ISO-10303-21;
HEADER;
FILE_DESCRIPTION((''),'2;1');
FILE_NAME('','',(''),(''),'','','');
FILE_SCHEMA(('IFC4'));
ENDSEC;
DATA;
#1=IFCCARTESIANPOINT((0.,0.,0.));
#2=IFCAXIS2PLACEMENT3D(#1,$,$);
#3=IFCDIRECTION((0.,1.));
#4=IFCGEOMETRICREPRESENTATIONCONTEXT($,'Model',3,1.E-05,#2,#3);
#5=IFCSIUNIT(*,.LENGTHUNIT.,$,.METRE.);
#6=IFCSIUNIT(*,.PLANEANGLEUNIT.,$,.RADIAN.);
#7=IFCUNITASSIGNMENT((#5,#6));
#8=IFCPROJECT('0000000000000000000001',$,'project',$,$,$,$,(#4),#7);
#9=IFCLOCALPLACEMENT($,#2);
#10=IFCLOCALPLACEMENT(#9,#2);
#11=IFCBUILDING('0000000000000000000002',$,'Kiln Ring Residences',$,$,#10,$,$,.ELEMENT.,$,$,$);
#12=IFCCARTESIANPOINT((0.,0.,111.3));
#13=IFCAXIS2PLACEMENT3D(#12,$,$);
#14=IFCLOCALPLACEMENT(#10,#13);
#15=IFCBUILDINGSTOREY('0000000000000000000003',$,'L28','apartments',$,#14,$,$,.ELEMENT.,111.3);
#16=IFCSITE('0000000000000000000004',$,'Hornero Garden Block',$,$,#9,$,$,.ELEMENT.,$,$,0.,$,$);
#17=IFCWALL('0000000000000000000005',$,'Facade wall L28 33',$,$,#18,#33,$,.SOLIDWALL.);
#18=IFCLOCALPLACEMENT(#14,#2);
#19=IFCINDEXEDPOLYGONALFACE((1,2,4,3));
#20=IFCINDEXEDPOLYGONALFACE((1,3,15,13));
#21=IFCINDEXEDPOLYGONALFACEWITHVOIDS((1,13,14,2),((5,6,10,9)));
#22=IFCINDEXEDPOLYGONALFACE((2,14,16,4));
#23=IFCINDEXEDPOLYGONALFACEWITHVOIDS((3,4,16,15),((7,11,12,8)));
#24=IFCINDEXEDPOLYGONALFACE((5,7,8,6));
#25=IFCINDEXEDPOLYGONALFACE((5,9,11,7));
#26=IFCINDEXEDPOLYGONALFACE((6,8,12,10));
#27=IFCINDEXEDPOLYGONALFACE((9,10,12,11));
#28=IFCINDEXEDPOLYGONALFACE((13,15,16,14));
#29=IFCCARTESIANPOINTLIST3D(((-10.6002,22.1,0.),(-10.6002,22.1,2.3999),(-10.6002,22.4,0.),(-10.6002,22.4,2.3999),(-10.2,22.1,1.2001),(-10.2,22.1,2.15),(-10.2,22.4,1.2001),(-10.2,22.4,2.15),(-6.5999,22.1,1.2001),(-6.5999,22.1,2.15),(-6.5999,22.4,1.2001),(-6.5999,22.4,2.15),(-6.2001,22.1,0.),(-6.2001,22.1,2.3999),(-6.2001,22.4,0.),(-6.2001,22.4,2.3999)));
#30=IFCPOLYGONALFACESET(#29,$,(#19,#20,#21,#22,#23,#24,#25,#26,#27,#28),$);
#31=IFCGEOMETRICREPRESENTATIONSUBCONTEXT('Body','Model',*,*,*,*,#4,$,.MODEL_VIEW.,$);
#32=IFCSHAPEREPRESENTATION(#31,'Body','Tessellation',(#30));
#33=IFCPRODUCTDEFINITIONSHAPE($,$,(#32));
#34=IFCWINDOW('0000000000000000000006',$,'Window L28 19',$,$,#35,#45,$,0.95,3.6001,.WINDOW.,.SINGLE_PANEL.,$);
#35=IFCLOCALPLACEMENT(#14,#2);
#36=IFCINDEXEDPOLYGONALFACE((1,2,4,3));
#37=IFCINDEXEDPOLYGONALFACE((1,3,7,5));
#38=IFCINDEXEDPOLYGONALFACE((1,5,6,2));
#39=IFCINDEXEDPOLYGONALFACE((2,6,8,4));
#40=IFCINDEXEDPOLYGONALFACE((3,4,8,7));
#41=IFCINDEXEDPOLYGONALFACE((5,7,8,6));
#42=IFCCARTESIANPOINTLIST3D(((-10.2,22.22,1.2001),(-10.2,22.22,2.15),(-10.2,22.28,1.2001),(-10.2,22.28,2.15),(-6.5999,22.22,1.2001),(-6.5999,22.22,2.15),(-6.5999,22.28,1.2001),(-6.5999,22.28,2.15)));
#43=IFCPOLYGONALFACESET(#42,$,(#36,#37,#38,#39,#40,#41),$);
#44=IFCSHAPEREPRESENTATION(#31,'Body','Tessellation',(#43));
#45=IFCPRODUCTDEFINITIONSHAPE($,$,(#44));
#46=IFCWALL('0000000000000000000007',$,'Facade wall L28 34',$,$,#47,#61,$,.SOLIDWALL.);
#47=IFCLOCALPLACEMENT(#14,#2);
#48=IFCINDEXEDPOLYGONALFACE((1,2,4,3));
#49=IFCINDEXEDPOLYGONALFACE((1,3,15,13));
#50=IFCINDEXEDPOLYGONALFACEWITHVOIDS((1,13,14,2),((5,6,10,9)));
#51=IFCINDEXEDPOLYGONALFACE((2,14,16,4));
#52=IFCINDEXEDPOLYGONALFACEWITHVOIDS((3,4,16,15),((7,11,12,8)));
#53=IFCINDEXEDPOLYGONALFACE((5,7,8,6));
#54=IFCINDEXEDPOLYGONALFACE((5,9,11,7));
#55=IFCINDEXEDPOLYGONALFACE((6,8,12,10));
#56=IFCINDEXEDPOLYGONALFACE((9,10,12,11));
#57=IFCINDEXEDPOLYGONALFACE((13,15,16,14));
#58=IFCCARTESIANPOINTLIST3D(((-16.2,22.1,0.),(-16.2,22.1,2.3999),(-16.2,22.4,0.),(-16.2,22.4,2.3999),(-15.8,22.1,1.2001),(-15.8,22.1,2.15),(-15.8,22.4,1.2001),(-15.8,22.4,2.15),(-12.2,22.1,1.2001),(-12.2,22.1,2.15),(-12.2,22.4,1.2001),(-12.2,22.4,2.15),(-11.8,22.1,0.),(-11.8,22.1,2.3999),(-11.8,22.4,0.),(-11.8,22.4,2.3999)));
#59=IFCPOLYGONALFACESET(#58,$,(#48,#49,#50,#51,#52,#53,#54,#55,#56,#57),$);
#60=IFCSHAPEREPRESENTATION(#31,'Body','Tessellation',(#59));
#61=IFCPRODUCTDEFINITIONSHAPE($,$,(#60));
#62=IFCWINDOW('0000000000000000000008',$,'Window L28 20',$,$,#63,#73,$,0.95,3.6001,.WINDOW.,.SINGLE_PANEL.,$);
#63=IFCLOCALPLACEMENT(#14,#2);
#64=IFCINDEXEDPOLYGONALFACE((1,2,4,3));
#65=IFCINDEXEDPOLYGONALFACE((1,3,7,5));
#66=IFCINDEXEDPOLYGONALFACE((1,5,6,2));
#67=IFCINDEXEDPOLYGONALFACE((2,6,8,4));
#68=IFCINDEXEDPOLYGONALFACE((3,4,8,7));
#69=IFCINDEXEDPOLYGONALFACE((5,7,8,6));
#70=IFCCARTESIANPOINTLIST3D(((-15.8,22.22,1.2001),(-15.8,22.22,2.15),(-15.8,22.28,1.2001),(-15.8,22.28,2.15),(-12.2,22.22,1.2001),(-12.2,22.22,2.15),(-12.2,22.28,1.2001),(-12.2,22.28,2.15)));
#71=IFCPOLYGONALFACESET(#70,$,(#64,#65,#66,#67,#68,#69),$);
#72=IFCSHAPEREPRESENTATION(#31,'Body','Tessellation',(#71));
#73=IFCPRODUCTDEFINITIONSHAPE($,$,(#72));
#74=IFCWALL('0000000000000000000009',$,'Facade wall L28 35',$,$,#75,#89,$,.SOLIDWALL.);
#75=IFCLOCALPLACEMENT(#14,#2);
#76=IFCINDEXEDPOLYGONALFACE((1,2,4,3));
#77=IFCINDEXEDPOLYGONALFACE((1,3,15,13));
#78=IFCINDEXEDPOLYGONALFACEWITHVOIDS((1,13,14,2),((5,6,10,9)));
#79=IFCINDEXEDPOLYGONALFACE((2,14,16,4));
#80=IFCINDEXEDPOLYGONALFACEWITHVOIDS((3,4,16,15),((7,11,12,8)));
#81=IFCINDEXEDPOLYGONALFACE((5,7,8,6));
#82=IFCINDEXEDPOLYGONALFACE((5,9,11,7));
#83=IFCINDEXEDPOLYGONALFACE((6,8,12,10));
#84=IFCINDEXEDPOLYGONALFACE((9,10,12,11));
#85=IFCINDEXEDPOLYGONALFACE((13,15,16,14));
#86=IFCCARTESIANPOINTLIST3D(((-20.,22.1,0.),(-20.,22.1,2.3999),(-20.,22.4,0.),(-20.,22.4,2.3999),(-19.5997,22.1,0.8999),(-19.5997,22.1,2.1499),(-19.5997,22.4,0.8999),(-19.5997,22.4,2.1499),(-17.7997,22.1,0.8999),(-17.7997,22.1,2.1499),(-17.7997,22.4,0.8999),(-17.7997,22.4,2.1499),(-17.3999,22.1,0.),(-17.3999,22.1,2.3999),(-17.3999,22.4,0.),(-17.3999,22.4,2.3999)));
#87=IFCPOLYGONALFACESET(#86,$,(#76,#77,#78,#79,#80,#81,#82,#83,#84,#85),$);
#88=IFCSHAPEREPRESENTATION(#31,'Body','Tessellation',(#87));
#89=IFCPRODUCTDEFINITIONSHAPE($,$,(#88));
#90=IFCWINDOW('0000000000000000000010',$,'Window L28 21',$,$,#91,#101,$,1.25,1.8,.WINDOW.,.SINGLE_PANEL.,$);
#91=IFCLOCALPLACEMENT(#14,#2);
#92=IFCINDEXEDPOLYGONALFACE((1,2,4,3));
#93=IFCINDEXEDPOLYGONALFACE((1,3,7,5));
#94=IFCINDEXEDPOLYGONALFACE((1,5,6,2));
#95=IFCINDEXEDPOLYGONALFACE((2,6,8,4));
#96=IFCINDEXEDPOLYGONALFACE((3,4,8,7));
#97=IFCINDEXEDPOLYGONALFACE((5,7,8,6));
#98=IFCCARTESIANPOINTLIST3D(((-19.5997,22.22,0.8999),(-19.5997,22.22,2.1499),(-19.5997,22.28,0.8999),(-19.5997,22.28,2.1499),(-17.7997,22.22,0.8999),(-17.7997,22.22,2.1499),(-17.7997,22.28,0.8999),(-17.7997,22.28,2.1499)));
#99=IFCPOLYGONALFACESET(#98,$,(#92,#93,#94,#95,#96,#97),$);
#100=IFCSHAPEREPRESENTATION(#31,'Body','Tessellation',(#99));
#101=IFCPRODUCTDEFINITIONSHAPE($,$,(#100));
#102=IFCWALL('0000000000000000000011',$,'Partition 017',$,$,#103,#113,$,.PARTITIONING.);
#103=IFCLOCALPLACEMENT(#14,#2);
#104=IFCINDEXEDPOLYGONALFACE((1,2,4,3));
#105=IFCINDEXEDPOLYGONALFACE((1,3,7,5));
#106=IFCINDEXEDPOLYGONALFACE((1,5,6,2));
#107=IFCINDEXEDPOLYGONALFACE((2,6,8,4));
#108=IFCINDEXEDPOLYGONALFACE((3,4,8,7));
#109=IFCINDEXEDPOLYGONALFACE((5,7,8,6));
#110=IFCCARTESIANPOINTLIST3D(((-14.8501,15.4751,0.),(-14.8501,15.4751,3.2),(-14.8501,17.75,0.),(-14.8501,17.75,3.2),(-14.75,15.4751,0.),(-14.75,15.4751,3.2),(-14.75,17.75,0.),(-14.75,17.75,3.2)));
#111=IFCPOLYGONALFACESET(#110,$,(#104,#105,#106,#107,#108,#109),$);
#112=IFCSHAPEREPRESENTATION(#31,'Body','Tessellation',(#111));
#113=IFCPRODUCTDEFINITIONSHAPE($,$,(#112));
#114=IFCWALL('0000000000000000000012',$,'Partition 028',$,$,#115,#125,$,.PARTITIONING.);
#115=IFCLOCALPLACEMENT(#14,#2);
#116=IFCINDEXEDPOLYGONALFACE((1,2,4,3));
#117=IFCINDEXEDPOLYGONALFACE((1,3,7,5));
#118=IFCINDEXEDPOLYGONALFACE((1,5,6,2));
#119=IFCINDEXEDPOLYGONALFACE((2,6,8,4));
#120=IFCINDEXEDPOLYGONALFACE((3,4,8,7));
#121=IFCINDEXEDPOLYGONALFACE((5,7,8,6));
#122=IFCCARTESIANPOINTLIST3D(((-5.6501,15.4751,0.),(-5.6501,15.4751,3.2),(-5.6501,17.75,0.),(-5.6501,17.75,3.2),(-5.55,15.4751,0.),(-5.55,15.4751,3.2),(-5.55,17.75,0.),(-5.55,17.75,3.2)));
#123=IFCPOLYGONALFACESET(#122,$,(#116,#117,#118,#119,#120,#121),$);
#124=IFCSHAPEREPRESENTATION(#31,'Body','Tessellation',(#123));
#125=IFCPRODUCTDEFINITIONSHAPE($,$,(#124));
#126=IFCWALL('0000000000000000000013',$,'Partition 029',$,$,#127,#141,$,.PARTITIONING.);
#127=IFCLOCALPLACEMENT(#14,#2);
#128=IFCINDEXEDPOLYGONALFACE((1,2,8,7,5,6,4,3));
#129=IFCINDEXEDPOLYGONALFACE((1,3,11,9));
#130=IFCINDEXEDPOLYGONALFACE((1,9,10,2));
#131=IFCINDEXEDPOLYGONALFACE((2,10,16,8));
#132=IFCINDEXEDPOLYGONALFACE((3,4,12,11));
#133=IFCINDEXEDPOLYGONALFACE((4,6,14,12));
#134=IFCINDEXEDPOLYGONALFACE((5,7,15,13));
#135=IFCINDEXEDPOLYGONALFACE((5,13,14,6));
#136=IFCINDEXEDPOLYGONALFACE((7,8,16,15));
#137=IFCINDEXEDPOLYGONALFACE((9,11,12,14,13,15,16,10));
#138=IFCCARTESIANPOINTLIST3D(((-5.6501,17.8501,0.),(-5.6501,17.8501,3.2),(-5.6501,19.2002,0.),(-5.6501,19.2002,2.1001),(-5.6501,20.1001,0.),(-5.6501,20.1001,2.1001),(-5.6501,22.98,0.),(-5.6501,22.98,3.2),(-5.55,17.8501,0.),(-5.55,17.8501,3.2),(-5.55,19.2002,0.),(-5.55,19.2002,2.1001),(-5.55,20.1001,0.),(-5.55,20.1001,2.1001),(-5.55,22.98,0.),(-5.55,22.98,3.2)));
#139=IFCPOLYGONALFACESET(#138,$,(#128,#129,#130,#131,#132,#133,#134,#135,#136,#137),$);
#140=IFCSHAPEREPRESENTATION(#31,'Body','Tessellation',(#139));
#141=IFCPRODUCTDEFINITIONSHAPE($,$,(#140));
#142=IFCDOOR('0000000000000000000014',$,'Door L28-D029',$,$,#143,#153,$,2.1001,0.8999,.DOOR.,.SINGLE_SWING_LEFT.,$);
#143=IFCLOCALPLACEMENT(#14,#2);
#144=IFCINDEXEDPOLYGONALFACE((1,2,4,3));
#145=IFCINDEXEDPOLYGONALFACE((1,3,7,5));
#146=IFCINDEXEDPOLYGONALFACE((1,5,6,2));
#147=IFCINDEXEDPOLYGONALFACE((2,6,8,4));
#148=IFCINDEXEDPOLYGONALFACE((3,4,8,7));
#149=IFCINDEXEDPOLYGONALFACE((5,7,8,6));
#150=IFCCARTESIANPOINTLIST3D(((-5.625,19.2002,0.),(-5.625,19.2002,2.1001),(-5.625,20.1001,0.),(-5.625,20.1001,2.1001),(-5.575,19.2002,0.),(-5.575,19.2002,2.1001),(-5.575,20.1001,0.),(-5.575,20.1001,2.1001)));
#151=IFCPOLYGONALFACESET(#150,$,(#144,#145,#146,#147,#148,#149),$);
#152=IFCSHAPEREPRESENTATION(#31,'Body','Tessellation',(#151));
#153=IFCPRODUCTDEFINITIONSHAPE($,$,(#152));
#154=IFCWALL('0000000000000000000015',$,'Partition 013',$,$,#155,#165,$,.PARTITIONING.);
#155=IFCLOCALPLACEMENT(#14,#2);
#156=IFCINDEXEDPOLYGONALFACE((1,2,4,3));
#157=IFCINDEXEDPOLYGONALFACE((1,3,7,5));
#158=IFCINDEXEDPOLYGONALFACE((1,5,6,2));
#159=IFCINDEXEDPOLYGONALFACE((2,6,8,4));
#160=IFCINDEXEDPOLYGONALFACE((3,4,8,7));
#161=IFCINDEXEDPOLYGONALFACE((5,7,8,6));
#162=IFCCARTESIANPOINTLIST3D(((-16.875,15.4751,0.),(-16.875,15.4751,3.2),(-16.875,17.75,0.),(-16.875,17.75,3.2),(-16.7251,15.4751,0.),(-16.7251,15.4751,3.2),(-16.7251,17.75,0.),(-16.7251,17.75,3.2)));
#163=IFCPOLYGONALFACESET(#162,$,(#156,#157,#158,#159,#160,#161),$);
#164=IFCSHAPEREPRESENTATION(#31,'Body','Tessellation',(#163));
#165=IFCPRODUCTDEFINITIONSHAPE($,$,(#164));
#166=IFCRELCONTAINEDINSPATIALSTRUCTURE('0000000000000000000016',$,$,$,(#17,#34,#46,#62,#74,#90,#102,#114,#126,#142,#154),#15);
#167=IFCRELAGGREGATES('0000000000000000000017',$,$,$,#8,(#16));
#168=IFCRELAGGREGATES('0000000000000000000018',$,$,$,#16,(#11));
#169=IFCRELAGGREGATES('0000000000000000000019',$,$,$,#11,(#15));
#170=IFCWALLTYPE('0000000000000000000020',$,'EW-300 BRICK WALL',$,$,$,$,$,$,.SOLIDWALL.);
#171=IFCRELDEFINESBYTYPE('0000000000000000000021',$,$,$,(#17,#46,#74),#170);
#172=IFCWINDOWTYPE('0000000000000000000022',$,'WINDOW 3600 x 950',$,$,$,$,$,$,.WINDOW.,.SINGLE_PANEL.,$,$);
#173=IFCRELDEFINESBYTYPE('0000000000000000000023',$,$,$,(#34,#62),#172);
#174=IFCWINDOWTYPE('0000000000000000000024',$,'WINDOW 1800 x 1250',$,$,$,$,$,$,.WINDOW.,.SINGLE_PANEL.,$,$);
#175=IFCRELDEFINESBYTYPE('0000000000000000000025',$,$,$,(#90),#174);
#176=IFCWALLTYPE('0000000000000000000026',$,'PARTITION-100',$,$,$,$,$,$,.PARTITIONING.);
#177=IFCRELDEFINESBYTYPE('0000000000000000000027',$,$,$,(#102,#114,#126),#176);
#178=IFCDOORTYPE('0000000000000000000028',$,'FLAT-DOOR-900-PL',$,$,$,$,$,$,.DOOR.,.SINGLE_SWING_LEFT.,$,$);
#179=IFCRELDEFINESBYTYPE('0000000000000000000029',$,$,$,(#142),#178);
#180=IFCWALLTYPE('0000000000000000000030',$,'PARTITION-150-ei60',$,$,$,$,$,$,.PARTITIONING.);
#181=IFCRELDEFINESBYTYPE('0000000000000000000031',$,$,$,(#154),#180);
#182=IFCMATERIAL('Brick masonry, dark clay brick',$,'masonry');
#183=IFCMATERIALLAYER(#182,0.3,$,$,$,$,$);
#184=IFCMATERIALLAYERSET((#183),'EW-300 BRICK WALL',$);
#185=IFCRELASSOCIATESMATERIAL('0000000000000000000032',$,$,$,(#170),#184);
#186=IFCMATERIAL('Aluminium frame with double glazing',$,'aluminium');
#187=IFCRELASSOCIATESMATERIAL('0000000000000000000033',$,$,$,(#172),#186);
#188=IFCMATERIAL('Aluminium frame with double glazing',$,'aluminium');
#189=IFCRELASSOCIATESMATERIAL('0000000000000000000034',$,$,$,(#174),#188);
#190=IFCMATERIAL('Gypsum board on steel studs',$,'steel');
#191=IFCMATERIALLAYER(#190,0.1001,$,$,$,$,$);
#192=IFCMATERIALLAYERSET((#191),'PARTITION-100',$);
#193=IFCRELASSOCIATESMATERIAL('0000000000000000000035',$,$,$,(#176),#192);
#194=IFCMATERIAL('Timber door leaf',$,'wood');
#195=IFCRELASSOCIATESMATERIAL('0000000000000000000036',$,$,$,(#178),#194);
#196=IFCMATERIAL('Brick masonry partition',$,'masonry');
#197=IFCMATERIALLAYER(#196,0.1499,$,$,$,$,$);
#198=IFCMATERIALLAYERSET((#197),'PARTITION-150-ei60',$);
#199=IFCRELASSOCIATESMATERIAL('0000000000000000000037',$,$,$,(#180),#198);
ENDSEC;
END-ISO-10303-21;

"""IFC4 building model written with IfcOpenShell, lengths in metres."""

from ifc_helpers import new_model, si_unit, direction, frame, frame_2d, origin, place, context, subcontext, project, spatial, rectangle, extrude, material, layer, layer_set, type_object, element, fill, save


model = new_model("IFC4")

# Units and contexts
model_context = context("Model", 3, precision=1e-05, world=origin(), true_north=direction((0.0, 1.0)))
body_context = subcontext(model_context, "Body", "Model", "MODEL_VIEW")
ifc_project = project(units=[si_unit("LENGTHUNIT", "METRE"), si_unit("PLANEANGLEUNIT", "RADIAN")], contexts=[model_context])

# Site, building, storey
site_placement = place(None, origin())
site = spatial("IfcSite", under=ifc_project, at=site_placement, Name="Hornero Garden Block", CompositionType="ELEMENT", RefElevation=0.0)
building_placement = place(site_placement, origin())
building = spatial("IfcBuilding", under=site, at=building_placement, Name="Kiln Ring Residences", CompositionType="ELEMENT")
storey_placement = place(building_placement, frame((0.0, 0.0, 111.3)))
storey = spatial("IfcBuildingStorey", under=building, at=storey_placement, Name="L28", Description="apartments", CompositionType="ELEMENT", Elevation=111.3)

# Walls, openings, windows
ifc_material_1 = material(Name="Brick masonry, dark clay brick", Category="masonry")
ifc_layer_1 = layer(ifc_material_1, 0.3)
ifc_layer_set_1 = layer_set([ifc_layer_1], Name="EW-300 BRICK WALL")
wall_type_1 = type_object("IfcWallType", Name="EW-300 BRICK WALL", PredefinedType="SOLIDWALL", material=ifc_layer_set_1)
ifc_material_2 = material(Name="Aluminium frame with double glazing", Category="aluminium")
window_type_1 = type_object("IfcWindowType", Name="WINDOW 3600 x 950", PartitioningType="SINGLE_PANEL", PredefinedType="WINDOW", material=ifc_material_2)
wall_1_placement = place(storey_placement, frame((-6.2, 22.25, 0.0), z_axis=(0.0, 0.0, 1.0), x_axis=(-1.0, 0.0, 0.0)))
wall_1 = element("IfcWall", 1, at=wall_1_placement, inside=storey, type_object=wall_type_1, Name="Facade wall L28 33", PredefinedType="SOLIDWALL", context=body_context, shape_type="SweptSolid", body=[
    extrude(rectangle(XDim=4.4001, YDim=0.3, at=frame_2d((2.2002, 0.0))), origin(), (0.0, 0.0, 1.0), 2.3999),
])
opening_1_placement = place(wall_1_placement, frame((0.3999, 0.0, 1.2)))
opening_1 = element("IfcOpeningElement", 2, at=opening_1_placement, cuts=wall_1, PredefinedType="OPENING", context=body_context, shape_type="SweptSolid", body=[
    extrude(rectangle(XDim=3.6001, YDim=0.95, at=frame_2d((1.8, 0.4751))), frame((0.0, 0.1599, 0.0), z_axis=(0.0, -1.0, 0.0), x_axis=(1.0, 0.0, 0.0)), (0.0, 0.0, 1.0), 0.3201),
])
window_1_placement = place(opening_1_placement, origin())
window_1 = element("IfcWindow", 3, at=window_1_placement, inside=storey, type_object=window_type_1, Name="Window L28 19", OverallHeight=0.95, OverallWidth=3.6001, PartitioningType="SINGLE_PANEL", PredefinedType="WINDOW", context=body_context, shape_type="SweptSolid", body=[
    extrude(rectangle(XDim=3.6001, YDim=0.95, at=frame_2d((1.8, 0.4751))), frame((0.0, 0.03, 0.0), z_axis=(0.0, -1.0, 0.0), x_axis=(1.0, 0.0, 0.0)), (0.0, 0.0, 1.0), 0.0601),
])
fill(opening_1, window_1)
wall_2_placement = place(storey_placement, frame((-11.8, 22.25, 0.0), z_axis=(0.0, 0.0, 1.0), x_axis=(-1.0, 0.0, 0.0)))
wall_2 = element("IfcWall", 4, at=wall_2_placement, inside=storey, type_object=wall_type_1, Name="Facade wall L28 34", PredefinedType="SOLIDWALL", context=body_context, shape_type="SweptSolid", body=[
    extrude(rectangle(XDim=4.3999, YDim=0.3, at=frame_2d((2.2, 0.0))), origin(), (0.0, 0.0, 1.0), 2.3999),
])
opening_2_placement = place(wall_2_placement, frame((0.3999, 0.0, 1.2)))
opening_2 = element("IfcOpeningElement", 5, at=opening_2_placement, cuts=wall_2, PredefinedType="OPENING", context=body_context, shape_type="SweptSolid", body=[
    extrude(rectangle(XDim=3.6001, YDim=0.95, at=frame_2d((1.8, 0.4751))), frame((0.0, 0.1599, 0.0), z_axis=(0.0, -1.0, 0.0), x_axis=(1.0, 0.0, 0.0)), (0.0, 0.0, 1.0), 0.3201),
])
window_2_placement = place(opening_2_placement, origin())
window_2 = element("IfcWindow", 6, at=window_2_placement, inside=storey, type_object=window_type_1, Name="Window L28 20", OverallHeight=0.95, OverallWidth=3.6001, PartitioningType="SINGLE_PANEL", PredefinedType="WINDOW", context=body_context, shape_type="SweptSolid", body=[
    extrude(rectangle(XDim=3.6001, YDim=0.95, at=frame_2d((1.8, 0.4751))), frame((0.0, 0.03, 0.0), z_axis=(0.0, -1.0, 0.0), x_axis=(1.0, 0.0, 0.0)), (0.0, 0.0, 1.0), 0.0601),
])
fill(opening_2, window_2)
wall_3_placement = place(storey_placement, frame((-17.3999, 22.25, 0.0), z_axis=(0.0, 0.0, 1.0), x_axis=(-1.0, 0.0, 0.0)))
wall_3 = element("IfcWall", 7, at=wall_3_placement, inside=storey, type_object=wall_type_1, Name="Facade wall L28 35", PredefinedType="SOLIDWALL", context=body_context, shape_type="SweptSolid", body=[
    extrude(rectangle(XDim=2.6001, YDim=0.3, at=frame_2d((1.3, 0.0))), origin(), (0.0, 0.0, 1.0), 2.3999),
])
opening_3_placement = place(wall_3_placement, frame((0.3999, 0.0, 0.8999)))
opening_3 = element("IfcOpeningElement", 8, at=opening_3_placement, cuts=wall_3, PredefinedType="OPENING", context=body_context, shape_type="SweptSolid", body=[
    extrude(rectangle(XDim=1.8, YDim=1.25, at=frame_2d((0.8999, 0.625))), frame((0.0, 0.1599, 0.0), z_axis=(0.0, -1.0, 0.0), x_axis=(1.0, 0.0, 0.0)), (0.0, 0.0, 1.0), 0.3201),
])
ifc_material_3 = material(Name="Aluminium frame with double glazing", Category="aluminium")
window_type_2 = type_object("IfcWindowType", Name="WINDOW 1800 x 1250", PartitioningType="SINGLE_PANEL", PredefinedType="WINDOW", material=ifc_material_3)
window_3_placement = place(opening_3_placement, origin())
window_3 = element("IfcWindow", 9, at=window_3_placement, inside=storey, type_object=window_type_2, Name="Window L28 21", OverallHeight=1.25, OverallWidth=1.8, PartitioningType="SINGLE_PANEL", PredefinedType="WINDOW", context=body_context, shape_type="SweptSolid", body=[
    extrude(rectangle(XDim=1.8, YDim=1.25, at=frame_2d((0.8999, 0.625))), frame((0.0, 0.03, 0.0), z_axis=(0.0, -1.0, 0.0), x_axis=(1.0, 0.0, 0.0)), (0.0, 0.0, 1.0), 0.0601),
])
fill(opening_3, window_3)

# Walls
ifc_material_4 = material(Name="Gypsum board on steel studs", Category="steel")
ifc_layer_2 = layer(ifc_material_4, 0.1001)
ifc_layer_set_2 = layer_set([ifc_layer_2], Name="PARTITION-100")
wall_type_2 = type_object("IfcWallType", Name="PARTITION-100", PredefinedType="PARTITIONING", material=ifc_layer_set_2)
for number, where, z_axis, x_axis, name in (
    (10, (-14.8, 15.4751, 0.0), (0.0, 0.0, 1.0), (0.0, 1.0, 0.0), "Partition 017"),
    (11, (-5.6001, 15.4751, 0.0), (0.0, 0.0, 1.0), (0.0, 1.0, 0.0), "Partition 028"),
):
    element("IfcWall", number, at=place(storey_placement, frame(where, z_axis=z_axis, x_axis=x_axis)), inside=storey, type_object=wall_type_2, Name=name, PredefinedType="PARTITIONING", context=body_context, shape_type="SweptSolid", body=[
        extrude(rectangle(XDim=2.2749, YDim=0.1001, at=frame_2d((1.1375, 0.0))), origin(), (0.0, 0.0, 1.0), 3.2),
    ])

# Wall, opening, door
wall_4_placement = place(storey_placement, frame((-5.6001, 17.8501, 0.0), z_axis=(0.0, 0.0, 1.0), x_axis=(0.0, 1.0, 0.0)))
wall_4 = element("IfcWall", 12, at=wall_4_placement, inside=storey, type_object=wall_type_2, Name="Partition 029", PredefinedType="PARTITIONING", context=body_context, shape_type="SweptSolid", body=[
    extrude(rectangle(XDim=5.1299, YDim=0.1001, at=frame_2d((2.5649, 0.0))), origin(), (0.0, 0.0, 1.0), 3.2),
])
opening_4_placement = place(wall_4_placement, frame((1.3501, 0.0, 0.0)))
opening_4 = element("IfcOpeningElement", 13, at=opening_4_placement, cuts=wall_4, PredefinedType="OPENING", context=body_context, shape_type="SweptSolid", body=[
    extrude(rectangle(XDim=0.8999, YDim=2.1001, at=frame_2d((0.45, 1.05))), frame((0.0, 0.0601, 0.0), z_axis=(0.0, -1.0, 0.0), x_axis=(1.0, 0.0, 0.0)), (0.0, 0.0, 1.0), 0.1201),
])
ifc_material_5 = material(Name="Timber door leaf", Category="wood")
door_type = type_object("IfcDoorType", Name="FLAT-DOOR-900-PL", OperationType="SINGLE_SWING_LEFT", PredefinedType="DOOR", material=ifc_material_5)
door_placement = place(opening_4_placement, origin())
door = element("IfcDoor", 14, at=door_placement, inside=storey, type_object=door_type, Name="Door L28-D029", OperationType="SINGLE_SWING_LEFT", OverallHeight=2.1001, OverallWidth=0.8999, PredefinedType="DOOR", context=body_context, shape_type="SweptSolid", body=[
    extrude(rectangle(XDim=0.8999, YDim=2.1001, at=frame_2d((0.45, 1.05))), frame((0.0, 0.0249, 0.0), z_axis=(0.0, -1.0, 0.0), x_axis=(1.0, 0.0, 0.0)), (0.0, 0.0, 1.0), 0.05),
])
fill(opening_4, door)

# Wall
ifc_material_6 = material(Name="Brick masonry partition", Category="masonry")
ifc_layer_3 = layer(ifc_material_6, 0.1499)
ifc_layer_set_3 = layer_set([ifc_layer_3], Name="PARTITION-150-ei60")
wall_type_3 = type_object("IfcWallType", Name="PARTITION-150-ei60", PredefinedType="PARTITIONING", material=ifc_layer_set_3)
wall_5_placement = place(storey_placement, frame((-16.8, 15.4751, 0.0), z_axis=(0.0, 0.0, 1.0), x_axis=(0.0, 1.0, 0.0)))
element("IfcWall", 15, at=wall_5_placement, inside=storey, type_object=wall_type_3, Name="Partition 013", PredefinedType="PARTITIONING", context=body_context, shape_type="SweptSolid", body=[
    extrude(rectangle(XDim=2.2749, YDim=0.1499, at=frame_2d((1.1375, 0.0))), origin(), (0.0, 0.0, 1.0), 3.2),
])

save(model, "model.ifc")
